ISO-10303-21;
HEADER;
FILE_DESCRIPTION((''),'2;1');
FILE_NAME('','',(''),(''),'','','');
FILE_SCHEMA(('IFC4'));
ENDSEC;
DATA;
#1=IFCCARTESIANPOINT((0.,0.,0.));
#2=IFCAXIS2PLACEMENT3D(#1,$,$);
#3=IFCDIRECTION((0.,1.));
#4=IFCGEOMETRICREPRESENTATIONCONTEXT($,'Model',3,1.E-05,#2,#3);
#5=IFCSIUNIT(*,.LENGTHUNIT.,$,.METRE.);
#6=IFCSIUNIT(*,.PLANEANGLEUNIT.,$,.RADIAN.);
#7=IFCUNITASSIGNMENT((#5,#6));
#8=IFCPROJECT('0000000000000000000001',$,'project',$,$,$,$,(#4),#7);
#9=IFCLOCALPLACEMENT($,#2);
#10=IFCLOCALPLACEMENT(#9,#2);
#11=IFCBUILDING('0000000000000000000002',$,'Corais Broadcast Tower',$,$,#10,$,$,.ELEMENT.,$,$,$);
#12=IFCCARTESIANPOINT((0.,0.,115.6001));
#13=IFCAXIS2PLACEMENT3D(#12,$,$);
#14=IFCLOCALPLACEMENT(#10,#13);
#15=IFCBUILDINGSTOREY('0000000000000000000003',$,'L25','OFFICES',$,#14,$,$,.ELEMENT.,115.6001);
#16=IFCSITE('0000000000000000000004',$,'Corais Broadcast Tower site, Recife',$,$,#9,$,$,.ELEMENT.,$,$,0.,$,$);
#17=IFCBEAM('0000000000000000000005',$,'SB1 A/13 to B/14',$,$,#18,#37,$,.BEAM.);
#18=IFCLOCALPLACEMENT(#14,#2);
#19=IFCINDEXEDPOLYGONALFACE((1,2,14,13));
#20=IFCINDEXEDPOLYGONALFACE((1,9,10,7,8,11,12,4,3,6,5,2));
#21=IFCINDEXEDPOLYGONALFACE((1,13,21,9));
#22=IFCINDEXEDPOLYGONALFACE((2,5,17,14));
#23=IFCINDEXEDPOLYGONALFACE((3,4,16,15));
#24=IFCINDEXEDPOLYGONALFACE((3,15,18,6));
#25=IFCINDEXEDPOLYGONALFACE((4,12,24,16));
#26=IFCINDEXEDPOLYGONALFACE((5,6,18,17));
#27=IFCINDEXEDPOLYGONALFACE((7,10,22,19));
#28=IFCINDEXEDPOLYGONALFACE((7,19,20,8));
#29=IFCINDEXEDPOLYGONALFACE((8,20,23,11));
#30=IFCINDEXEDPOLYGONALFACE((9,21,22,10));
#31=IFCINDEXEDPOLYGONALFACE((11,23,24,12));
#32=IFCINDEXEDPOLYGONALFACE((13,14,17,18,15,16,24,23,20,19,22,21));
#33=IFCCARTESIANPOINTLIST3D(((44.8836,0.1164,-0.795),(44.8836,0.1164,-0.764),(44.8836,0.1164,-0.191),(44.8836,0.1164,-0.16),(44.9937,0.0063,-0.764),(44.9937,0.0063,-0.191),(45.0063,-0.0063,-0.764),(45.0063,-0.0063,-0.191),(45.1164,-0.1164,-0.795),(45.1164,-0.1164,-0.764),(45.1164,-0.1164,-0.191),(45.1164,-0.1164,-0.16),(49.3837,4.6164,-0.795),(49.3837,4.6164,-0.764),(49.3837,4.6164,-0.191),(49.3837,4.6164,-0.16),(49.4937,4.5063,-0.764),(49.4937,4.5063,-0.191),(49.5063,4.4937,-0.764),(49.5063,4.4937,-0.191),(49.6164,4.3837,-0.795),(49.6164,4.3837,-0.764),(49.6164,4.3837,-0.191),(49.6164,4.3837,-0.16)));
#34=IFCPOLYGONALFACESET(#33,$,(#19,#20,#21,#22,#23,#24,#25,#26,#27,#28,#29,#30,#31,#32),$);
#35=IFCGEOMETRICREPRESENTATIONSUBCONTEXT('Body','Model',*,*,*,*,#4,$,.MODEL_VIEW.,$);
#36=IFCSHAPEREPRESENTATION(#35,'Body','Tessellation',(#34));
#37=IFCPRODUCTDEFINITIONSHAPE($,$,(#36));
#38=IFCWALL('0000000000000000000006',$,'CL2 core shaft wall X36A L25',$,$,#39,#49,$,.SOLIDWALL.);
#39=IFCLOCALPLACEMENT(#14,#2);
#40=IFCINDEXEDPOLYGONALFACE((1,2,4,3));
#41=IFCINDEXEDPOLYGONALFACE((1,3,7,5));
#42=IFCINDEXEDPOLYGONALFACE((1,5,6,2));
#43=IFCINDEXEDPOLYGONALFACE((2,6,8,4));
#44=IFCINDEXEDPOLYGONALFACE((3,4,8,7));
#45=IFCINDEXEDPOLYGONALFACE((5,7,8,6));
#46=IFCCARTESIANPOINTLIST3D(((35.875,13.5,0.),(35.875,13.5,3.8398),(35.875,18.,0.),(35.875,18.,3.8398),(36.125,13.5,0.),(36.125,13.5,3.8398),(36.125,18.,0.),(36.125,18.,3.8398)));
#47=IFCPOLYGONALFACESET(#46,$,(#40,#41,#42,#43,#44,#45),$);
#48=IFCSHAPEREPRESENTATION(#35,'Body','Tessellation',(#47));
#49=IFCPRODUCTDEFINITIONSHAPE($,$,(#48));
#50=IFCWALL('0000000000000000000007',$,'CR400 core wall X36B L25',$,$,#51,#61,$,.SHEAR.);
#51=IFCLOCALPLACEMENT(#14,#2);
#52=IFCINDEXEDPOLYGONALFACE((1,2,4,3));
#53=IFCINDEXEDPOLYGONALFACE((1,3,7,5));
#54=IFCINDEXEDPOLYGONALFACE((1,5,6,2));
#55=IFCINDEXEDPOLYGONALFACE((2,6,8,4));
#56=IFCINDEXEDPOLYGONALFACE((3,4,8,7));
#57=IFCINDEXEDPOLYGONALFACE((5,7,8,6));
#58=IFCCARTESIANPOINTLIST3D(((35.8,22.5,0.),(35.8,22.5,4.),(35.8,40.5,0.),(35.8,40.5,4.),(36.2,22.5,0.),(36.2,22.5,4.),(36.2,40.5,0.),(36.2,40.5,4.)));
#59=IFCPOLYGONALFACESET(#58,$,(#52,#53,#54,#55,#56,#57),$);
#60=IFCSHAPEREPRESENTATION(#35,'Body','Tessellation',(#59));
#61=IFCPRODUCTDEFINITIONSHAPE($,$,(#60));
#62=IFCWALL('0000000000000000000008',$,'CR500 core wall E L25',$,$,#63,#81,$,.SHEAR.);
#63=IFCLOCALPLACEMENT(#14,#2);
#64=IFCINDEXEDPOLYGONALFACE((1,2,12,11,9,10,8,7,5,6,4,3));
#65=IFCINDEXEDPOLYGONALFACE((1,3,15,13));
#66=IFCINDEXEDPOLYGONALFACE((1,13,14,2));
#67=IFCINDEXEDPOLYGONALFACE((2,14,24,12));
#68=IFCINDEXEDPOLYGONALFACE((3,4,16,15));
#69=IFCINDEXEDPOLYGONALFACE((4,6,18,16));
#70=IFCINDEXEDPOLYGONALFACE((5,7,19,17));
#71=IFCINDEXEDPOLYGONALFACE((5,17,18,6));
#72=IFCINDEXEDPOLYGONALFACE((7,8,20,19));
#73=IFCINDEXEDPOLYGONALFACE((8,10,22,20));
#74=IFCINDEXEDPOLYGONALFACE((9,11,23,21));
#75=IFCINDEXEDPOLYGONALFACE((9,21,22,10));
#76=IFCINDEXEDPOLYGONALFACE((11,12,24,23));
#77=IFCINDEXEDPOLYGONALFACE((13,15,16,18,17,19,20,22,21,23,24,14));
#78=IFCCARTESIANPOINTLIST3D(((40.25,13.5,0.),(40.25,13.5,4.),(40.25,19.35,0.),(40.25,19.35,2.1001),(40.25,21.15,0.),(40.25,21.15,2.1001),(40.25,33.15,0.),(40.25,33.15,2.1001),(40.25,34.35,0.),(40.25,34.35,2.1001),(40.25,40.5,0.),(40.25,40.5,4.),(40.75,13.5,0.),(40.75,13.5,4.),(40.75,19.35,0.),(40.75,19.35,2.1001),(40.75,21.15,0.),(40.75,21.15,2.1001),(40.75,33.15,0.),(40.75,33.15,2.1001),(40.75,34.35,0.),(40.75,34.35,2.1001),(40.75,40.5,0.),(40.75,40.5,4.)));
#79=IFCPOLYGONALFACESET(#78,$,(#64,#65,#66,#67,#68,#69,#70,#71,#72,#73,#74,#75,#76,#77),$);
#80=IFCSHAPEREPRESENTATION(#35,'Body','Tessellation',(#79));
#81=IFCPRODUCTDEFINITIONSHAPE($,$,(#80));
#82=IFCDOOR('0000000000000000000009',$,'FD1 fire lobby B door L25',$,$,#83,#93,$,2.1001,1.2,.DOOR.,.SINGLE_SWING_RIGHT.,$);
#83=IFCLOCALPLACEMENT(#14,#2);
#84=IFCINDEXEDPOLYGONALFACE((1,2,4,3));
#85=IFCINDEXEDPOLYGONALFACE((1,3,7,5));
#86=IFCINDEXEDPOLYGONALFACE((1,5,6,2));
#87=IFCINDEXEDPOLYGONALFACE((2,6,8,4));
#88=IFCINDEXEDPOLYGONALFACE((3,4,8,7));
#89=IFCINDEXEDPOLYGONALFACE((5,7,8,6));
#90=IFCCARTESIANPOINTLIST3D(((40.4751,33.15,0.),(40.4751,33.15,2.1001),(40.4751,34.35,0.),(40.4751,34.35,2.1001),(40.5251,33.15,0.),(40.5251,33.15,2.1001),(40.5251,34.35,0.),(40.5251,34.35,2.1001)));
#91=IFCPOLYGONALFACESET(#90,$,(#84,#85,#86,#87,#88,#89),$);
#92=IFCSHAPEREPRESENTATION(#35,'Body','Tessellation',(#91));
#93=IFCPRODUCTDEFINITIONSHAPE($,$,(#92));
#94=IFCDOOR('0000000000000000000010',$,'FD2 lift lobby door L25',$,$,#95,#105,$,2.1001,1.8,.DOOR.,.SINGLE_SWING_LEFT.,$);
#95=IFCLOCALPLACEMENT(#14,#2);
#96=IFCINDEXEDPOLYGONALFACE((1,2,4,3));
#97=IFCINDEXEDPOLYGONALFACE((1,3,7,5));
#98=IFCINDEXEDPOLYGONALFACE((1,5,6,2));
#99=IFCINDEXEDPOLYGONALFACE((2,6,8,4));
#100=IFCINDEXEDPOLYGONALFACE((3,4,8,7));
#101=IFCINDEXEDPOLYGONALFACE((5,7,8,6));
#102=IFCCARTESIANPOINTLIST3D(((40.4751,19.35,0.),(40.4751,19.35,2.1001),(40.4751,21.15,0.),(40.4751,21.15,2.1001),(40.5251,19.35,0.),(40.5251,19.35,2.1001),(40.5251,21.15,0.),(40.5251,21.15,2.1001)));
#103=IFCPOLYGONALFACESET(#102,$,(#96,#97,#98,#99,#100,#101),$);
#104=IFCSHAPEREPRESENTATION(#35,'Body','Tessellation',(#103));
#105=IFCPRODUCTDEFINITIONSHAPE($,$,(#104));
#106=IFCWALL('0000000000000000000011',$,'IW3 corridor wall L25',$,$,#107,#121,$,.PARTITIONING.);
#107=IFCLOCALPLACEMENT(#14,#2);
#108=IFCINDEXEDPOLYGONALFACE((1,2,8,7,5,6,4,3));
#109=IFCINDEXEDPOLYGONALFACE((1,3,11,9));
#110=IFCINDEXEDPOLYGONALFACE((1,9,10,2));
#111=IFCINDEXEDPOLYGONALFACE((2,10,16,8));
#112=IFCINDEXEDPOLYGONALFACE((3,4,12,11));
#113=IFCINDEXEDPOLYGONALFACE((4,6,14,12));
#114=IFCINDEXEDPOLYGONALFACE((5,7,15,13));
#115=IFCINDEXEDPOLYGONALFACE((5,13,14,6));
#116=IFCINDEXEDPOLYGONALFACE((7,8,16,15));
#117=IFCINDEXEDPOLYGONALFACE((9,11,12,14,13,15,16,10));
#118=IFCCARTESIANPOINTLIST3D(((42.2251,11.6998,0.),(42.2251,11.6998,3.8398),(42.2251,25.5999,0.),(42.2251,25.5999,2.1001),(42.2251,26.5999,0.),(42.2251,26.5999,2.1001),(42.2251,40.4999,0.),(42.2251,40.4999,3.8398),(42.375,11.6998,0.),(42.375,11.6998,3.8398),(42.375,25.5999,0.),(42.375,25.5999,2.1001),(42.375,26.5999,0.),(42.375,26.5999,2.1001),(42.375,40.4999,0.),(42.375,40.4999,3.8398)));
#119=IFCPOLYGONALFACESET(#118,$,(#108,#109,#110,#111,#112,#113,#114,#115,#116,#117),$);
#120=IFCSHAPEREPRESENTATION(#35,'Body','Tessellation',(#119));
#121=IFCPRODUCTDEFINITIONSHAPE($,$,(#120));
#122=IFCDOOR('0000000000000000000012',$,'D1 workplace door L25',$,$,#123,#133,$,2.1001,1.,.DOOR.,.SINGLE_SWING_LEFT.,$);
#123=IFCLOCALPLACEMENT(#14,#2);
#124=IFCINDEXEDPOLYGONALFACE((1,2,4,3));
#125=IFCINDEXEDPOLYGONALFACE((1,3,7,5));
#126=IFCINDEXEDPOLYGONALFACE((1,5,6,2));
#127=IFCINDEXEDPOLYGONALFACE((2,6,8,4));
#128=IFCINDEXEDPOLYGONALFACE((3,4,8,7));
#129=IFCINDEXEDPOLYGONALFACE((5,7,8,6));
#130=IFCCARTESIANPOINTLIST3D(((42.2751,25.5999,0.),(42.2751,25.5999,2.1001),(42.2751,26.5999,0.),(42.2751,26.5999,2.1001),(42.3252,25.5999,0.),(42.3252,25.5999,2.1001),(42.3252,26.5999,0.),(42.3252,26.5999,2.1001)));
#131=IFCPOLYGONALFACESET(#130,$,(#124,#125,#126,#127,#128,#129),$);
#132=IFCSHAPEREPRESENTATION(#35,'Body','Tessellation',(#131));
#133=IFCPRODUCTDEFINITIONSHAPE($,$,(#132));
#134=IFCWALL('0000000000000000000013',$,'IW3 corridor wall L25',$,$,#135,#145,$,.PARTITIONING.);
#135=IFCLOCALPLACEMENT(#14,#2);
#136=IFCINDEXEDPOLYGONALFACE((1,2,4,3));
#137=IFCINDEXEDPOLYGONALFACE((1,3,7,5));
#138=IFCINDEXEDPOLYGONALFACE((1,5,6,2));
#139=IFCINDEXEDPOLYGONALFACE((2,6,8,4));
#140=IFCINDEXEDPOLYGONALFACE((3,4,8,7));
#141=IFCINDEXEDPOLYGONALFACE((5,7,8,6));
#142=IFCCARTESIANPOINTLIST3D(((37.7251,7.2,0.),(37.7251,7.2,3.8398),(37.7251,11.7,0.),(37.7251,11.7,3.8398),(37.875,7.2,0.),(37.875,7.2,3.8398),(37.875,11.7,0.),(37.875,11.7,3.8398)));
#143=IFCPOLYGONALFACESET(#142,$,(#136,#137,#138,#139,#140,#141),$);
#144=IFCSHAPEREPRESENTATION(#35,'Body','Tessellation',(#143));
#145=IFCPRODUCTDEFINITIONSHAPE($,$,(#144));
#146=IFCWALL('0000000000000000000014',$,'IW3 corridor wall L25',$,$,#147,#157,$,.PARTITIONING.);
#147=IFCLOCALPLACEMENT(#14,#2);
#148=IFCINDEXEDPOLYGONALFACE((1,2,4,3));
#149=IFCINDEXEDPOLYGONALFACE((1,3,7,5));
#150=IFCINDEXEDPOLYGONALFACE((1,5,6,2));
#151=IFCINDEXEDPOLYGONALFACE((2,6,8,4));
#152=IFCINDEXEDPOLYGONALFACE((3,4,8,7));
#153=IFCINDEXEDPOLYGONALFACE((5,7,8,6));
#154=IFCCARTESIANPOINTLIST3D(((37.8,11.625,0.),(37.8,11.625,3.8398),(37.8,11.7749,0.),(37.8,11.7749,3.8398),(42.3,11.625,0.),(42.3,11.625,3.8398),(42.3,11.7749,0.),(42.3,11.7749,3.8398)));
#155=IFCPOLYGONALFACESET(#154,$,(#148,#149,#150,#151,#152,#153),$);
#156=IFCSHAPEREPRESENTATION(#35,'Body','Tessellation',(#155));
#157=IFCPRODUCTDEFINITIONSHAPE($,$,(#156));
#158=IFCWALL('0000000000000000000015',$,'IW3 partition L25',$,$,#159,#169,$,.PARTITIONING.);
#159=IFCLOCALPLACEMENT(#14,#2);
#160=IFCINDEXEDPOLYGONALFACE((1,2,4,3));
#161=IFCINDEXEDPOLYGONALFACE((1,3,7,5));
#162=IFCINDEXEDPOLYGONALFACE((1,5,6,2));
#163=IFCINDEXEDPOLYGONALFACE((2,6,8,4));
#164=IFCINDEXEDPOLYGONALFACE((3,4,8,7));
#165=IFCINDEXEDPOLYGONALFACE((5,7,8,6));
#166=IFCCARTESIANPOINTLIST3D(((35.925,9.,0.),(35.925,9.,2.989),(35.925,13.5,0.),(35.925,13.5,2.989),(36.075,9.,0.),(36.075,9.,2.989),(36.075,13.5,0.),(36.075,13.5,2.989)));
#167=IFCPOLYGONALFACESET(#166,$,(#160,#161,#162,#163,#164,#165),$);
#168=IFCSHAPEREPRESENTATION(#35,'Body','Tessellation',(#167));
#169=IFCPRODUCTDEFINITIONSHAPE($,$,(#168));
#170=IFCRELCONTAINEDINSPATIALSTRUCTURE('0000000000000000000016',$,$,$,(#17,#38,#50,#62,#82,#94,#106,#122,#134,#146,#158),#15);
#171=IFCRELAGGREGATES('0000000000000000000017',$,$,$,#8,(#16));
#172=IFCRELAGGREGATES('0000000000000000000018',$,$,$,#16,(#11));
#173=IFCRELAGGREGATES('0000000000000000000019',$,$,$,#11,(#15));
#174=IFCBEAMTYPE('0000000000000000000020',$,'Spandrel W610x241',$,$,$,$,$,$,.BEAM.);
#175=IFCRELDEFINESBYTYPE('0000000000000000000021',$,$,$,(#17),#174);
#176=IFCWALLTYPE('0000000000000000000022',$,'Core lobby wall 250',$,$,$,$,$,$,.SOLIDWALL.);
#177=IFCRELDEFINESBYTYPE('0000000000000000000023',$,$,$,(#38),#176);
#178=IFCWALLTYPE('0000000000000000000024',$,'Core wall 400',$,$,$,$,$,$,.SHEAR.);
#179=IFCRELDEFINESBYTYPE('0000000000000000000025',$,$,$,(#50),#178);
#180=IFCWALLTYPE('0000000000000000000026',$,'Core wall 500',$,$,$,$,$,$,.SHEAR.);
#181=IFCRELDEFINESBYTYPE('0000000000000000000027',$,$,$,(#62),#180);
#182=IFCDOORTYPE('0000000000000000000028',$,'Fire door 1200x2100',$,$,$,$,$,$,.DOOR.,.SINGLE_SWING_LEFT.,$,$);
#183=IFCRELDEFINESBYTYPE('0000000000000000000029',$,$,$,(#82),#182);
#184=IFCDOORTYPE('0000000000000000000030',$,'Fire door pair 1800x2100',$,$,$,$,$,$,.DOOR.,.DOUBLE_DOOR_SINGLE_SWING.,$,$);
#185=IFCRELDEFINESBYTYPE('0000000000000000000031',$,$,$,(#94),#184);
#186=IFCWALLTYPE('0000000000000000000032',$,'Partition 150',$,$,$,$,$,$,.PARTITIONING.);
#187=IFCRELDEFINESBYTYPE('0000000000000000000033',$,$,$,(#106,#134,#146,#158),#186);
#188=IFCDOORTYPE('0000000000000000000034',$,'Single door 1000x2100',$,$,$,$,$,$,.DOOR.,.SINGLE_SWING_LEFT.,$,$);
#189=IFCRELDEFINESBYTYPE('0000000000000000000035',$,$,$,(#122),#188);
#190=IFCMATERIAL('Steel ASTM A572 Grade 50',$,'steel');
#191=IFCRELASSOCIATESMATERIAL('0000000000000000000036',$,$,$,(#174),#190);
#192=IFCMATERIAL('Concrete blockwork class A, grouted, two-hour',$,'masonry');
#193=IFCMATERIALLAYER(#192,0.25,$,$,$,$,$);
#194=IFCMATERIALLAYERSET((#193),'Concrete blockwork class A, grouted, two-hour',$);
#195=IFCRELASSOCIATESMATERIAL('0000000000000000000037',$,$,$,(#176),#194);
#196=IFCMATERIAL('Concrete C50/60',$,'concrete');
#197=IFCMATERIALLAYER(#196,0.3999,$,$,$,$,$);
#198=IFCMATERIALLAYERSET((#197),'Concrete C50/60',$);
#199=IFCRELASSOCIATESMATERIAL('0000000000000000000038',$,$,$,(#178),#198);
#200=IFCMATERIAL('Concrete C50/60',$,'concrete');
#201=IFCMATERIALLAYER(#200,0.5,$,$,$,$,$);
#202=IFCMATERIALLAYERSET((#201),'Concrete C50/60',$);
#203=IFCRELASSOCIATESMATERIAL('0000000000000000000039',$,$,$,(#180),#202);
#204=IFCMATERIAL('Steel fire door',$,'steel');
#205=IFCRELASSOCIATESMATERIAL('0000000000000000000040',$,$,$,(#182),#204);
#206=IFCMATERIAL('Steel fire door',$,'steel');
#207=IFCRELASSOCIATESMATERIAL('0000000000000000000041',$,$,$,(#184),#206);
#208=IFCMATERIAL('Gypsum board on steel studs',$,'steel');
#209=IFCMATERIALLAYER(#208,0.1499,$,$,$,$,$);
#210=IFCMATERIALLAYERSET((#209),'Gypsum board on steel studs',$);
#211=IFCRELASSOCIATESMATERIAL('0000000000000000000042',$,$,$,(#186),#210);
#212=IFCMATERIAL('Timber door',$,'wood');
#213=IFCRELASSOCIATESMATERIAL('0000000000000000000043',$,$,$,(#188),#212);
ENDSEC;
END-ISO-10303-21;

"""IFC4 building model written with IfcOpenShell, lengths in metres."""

from ifc_helpers import new_model, si_unit, direction, frame, frame_2d, origin, origin_2d, place, context, subcontext, project, spatial, rectangle, i_section, extrude, material, layer, layer_set, material_profile, profile_set, type_object, element, fill, save


model = new_model("IFC4")

# Units and contexts
model_context = context("Model", 3, precision=1e-05, world=origin(), true_north=direction((0.0, 1.0)))
body_context = subcontext(model_context, "Body", "Model", "MODEL_VIEW")
ifc_project = project(units=[si_unit("LENGTHUNIT", "METRE"), si_unit("PLANEANGLEUNIT", "RADIAN")], contexts=[model_context])

# Site, building, storey
site_placement = place(None, origin())
site = spatial("IfcSite", under=ifc_project, at=site_placement, Name="Corais Broadcast Tower site, Recife", CompositionType="ELEMENT", RefElevation=0.0)
building_placement = place(site_placement, origin())
building = spatial("IfcBuilding", under=site, at=building_placement, Name="Corais Broadcast Tower", CompositionType="ELEMENT")
storey_placement = place(building_placement, frame((0.0, 0.0, 115.6001)))
storey = spatial("IfcBuildingStorey", under=building, at=storey_placement, Name="L25", Description="OFFICES", CompositionType="ELEMENT", Elevation=115.6001)

# Beam
ifc_material_1 = material(Name="Steel ASTM A572 Grade 50", Category="steel")
ifc_material_profile_1 = material_profile(ifc_material_1, i_section(OverallWidth=0.3291, OverallDepth=0.635, WebThickness=0.0178, FlangeThickness=0.031, at=origin_2d()), Name="W610x241")
ifc_profile_set_1 = profile_set([ifc_material_profile_1], Name="Steel ASTM A572 Grade 50")
beam_type_1 = type_object("IfcBeamType", Name="Spandrel W610x241", PredefinedType="BEAM", material=ifc_profile_set_1)
beam_1_placement = place(storey_placement, frame((45.0, 0.0, -0.4775), z_axis=(0.707107, 0.707107, 0.0), x_axis=(-0.707107, 0.707107, 0.0)))
element("IfcBeam", 1, at=beam_1_placement, inside=storey, type_object=beam_type_1, Name="SB1 A/13 to B/14", PredefinedType="BEAM", context=body_context, shape_type="SweptSolid", body=[
    extrude(i_section(OverallWidth=0.3291, OverallDepth=0.635, WebThickness=0.0178, FlangeThickness=0.031, at=origin_2d()), origin(), (0.0, 0.0, 1.0), 6.364),
])

# Walls
ifc_material_2 = material(Name="Concrete blockwork class A, grouted, two-hour", Category="masonry")
ifc_layer_1 = layer(ifc_material_2, 0.25)
ifc_layer_set_1 = layer_set([ifc_layer_1], Name="Concrete blockwork class A, grouted, two-hour")
wall_type_1 = type_object("IfcWallType", Name="Core lobby wall 250", PredefinedType="SOLIDWALL", material=ifc_layer_set_1)
wall_1_placement = place(storey_placement, frame((36.0, 13.5, 0.0), z_axis=(0.0, 0.0, 1.0), x_axis=(0.0, 1.0, 0.0)))
element("IfcWall", 2, at=wall_1_placement, inside=storey, type_object=wall_type_1, Name="CL2 core shaft wall X36A L25", PredefinedType="SOLIDWALL", context=body_context, shape_type="SweptSolid", body=[
    extrude(rectangle(XDim=4.5, YDim=0.25, at=frame_2d((2.25, 0.0))), origin(), (0.0, 0.0, 1.0), 3.8398),
])
ifc_material_3 = material(Name="Concrete C50/60", Category="concrete")
ifc_layer_2 = layer(ifc_material_3, 0.3999)
ifc_layer_set_2 = layer_set([ifc_layer_2], Name="Concrete C50/60")
wall_type_2 = type_object("IfcWallType", Name="Core wall 400", PredefinedType="SHEAR", material=ifc_layer_set_2)
wall_2_placement = place(storey_placement, frame((36.0, 22.5, 0.0), z_axis=(0.0, 0.0, 1.0), x_axis=(0.0, 1.0, 0.0)))
element("IfcWall", 3, at=wall_2_placement, inside=storey, type_object=wall_type_2, Name="CR400 core wall X36B L25", PredefinedType="SHEAR", context=body_context, shape_type="SweptSolid", body=[
    extrude(rectangle(XDim=18.0, YDim=0.3999, at=frame_2d((9.0, 0.0))), origin(), (0.0, 0.0, 1.0), 4.0),
])

# Wall, openings, doors
ifc_material_4 = material(Name="Concrete C50/60", Category="concrete")
ifc_layer_3 = layer(ifc_material_4, 0.5)
ifc_layer_set_3 = layer_set([ifc_layer_3], Name="Concrete C50/60")
wall_type_3 = type_object("IfcWallType", Name="Core wall 500", PredefinedType="SHEAR", material=ifc_layer_set_3)
wall_3_placement = place(storey_placement, frame((40.5, 13.5, 0.0), z_axis=(0.0, 0.0, 1.0), x_axis=(0.0, 1.0, 0.0)))
wall_3 = element("IfcWall", 4, at=wall_3_placement, inside=storey, type_object=wall_type_3, Name="CR500 core wall E L25", PredefinedType="SHEAR", context=body_context, shape_type="SweptSolid", body=[
    extrude(rectangle(XDim=27.0, YDim=0.5, at=frame_2d((13.5, 0.0))), origin(), (0.0, 0.0, 1.0), 4.0),
])
opening_1_placement = place(wall_3_placement, frame((5.8501, 0.0, 0.0)))
opening_1 = element("IfcOpeningElement", 5, at=opening_1_placement, cuts=wall_3, PredefinedType="OPENING", context=body_context, shape_type="SweptSolid", body=[
    extrude(rectangle(XDim=1.8, YDim=2.1001, at=frame_2d((0.8999, 1.05))), frame((0.0, 0.26, 0.0), z_axis=(0.0, -1.0, 0.0), x_axis=(1.0, 0.0, 0.0)), (0.0, 0.0, 1.0), 0.52),
])
opening_2_placement = place(wall_3_placement, frame((19.6499, 0.0, 0.0)))
opening_2 = element("IfcOpeningElement", 6, at=opening_2_placement, cuts=wall_3, PredefinedType="OPENING", context=body_context, shape_type="SweptSolid", body=[
    extrude(rectangle(XDim=1.2, YDim=2.1001, at=frame_2d((0.6001, 1.05))), frame((0.0, 0.26, 0.0), z_axis=(0.0, -1.0, 0.0), x_axis=(1.0, 0.0, 0.0)), (0.0, 0.0, 1.0), 0.52),
])
ifc_material_5 = material(Name="Steel fire door", Category="steel")
door_type_1 = type_object("IfcDoorType", Name="Fire door 1200x2100", OperationType="SINGLE_SWING_LEFT", PredefinedType="DOOR", material=ifc_material_5)
door_1_placement = place(opening_2_placement, origin())
door_1 = element("IfcDoor", 7, at=door_1_placement, inside=storey, type_object=door_type_1, Name="FD1 fire lobby B door L25", OperationType="SINGLE_SWING_RIGHT", OverallHeight=2.1001, OverallWidth=1.2, PredefinedType="DOOR", context=body_context, shape_type="SweptSolid", body=[
    extrude(rectangle(XDim=1.2, YDim=2.1001, at=frame_2d((0.6001, 1.05))), frame((0.0, 0.0249, 0.0), z_axis=(0.0, -1.0, 0.0), x_axis=(1.0, 0.0, 0.0)), (0.0, 0.0, 1.0), 0.05),
])
fill(opening_2, door_1)
ifc_material_6 = material(Name="Steel fire door", Category="steel")
door_type_2 = type_object("IfcDoorType", Name="Fire door pair 1800x2100", OperationType="DOUBLE_DOOR_SINGLE_SWING", PredefinedType="DOOR", material=ifc_material_6)
door_2_placement = place(opening_1_placement, origin())
door_2 = element("IfcDoor", 8, at=door_2_placement, inside=storey, type_object=door_type_2, Name="FD2 lift lobby door L25", OperationType="SINGLE_SWING_LEFT", OverallHeight=2.1001, OverallWidth=1.8, PredefinedType="DOOR", context=body_context, shape_type="SweptSolid", body=[
    extrude(rectangle(XDim=1.8, YDim=2.1001, at=frame_2d((0.8999, 1.05))), frame((0.0, 0.0249, 0.0), z_axis=(0.0, -1.0, 0.0), x_axis=(1.0, 0.0, 0.0)), (0.0, 0.0, 1.0), 0.05),
])
fill(opening_1, door_2)

# Wall, opening, door
ifc_material_7 = material(Name="Gypsum board on steel studs", Category="steel")
ifc_layer_4 = layer(ifc_material_7, 0.1499)
ifc_layer_set_4 = layer_set([ifc_layer_4], Name="Gypsum board on steel studs")
wall_type_4 = type_object("IfcWallType", Name="Partition 150", PredefinedType="PARTITIONING", material=ifc_layer_set_4)
wall_4_placement = place(storey_placement, frame((42.3, 11.7, 0.0), z_axis=(0.0, 0.0, 1.0), x_axis=(0.0, 1.0, 0.0)))
wall_4 = element("IfcWall", 9, at=wall_4_placement, inside=storey, type_object=wall_type_4, Name="IW3 corridor wall L25", PredefinedType="PARTITIONING", context=body_context, shape_type="SweptSolid", body=[
    extrude(rectangle(XDim=28.8, YDim=0.1499, at=frame_2d((14.3999, 0.0))), origin(), (0.0, 0.0, 1.0), 3.8398),
])
opening_3_placement = place(wall_4_placement, frame((13.8999, 0.0, 0.0)))
opening_3 = element("IfcOpeningElement", 10, at=opening_3_placement, cuts=wall_4, PredefinedType="OPENING", context=body_context, shape_type="SweptSolid", body=[
    extrude(rectangle(XDim=1.0, YDim=2.1001, at=frame_2d((0.5, 1.05))), frame((0.0, 0.085, 0.0), z_axis=(0.0, -1.0, 0.0), x_axis=(1.0, 0.0, 0.0)), (0.0, 0.0, 1.0), 0.1699),
])
ifc_material_8 = material(Name="Timber door", Category="wood")
door_type_3 = type_object("IfcDoorType", Name="Single door 1000x2100", OperationType="SINGLE_SWING_LEFT", PredefinedType="DOOR", material=ifc_material_8)
door_3_placement = place(opening_3_placement, origin())
door_3 = element("IfcDoor", 11, at=door_3_placement, inside=storey, type_object=door_type_3, Name="D1 workplace door L25", OperationType="SINGLE_SWING_LEFT", OverallHeight=2.1001, OverallWidth=1.0, PredefinedType="DOOR", context=body_context, shape_type="SweptSolid", body=[
    extrude(rectangle(XDim=1.0, YDim=2.1001, at=frame_2d((0.5, 1.05))), frame((0.0, 0.0249, 0.0), z_axis=(0.0, -1.0, 0.0), x_axis=(1.0, 0.0, 0.0)), (0.0, 0.0, 1.0), 0.05),
])
fill(opening_3, door_3)

# Walls
for number, where, z_axis, x_axis, name in (
    (12, (37.8, 7.2, 0.0), (0.0, 0.0, 1.0), (0.0, 1.0, 0.0), "IW3 corridor wall L25"),
    (13, (37.8, 11.7, 0.0), (0.0, 0.0, 1.0), (1.0, 0.0, 0.0), "IW3 corridor wall L25"),
):
    element("IfcWall", number, at=place(storey_placement, frame(where, z_axis=z_axis, x_axis=x_axis)), inside=storey, type_object=wall_type_4, Name=name, PredefinedType="PARTITIONING", context=body_context, shape_type="SweptSolid", body=[
        extrude(rectangle(XDim=4.5, YDim=0.1499, at=frame_2d((2.25, 0.0))), origin(), (0.0, 0.0, 1.0), 3.8398),
    ])
wall_5_placement = place(storey_placement, frame((36.0, 9.0, 0.0), z_axis=(0.0, 0.0, 1.0), x_axis=(0.0, 1.0, 0.0)))
element("IfcWall", 14, at=wall_5_placement, inside=storey, type_object=wall_type_4, Name="IW3 partition L25", PredefinedType="PARTITIONING", context=body_context, shape_type="SweptSolid", body=[
    extrude(rectangle(XDim=4.5, YDim=0.1499, at=frame_2d((2.25, 0.0))), origin(), (0.0, 0.0, 1.0), 2.989),
])

save(model, "model.ifc")
